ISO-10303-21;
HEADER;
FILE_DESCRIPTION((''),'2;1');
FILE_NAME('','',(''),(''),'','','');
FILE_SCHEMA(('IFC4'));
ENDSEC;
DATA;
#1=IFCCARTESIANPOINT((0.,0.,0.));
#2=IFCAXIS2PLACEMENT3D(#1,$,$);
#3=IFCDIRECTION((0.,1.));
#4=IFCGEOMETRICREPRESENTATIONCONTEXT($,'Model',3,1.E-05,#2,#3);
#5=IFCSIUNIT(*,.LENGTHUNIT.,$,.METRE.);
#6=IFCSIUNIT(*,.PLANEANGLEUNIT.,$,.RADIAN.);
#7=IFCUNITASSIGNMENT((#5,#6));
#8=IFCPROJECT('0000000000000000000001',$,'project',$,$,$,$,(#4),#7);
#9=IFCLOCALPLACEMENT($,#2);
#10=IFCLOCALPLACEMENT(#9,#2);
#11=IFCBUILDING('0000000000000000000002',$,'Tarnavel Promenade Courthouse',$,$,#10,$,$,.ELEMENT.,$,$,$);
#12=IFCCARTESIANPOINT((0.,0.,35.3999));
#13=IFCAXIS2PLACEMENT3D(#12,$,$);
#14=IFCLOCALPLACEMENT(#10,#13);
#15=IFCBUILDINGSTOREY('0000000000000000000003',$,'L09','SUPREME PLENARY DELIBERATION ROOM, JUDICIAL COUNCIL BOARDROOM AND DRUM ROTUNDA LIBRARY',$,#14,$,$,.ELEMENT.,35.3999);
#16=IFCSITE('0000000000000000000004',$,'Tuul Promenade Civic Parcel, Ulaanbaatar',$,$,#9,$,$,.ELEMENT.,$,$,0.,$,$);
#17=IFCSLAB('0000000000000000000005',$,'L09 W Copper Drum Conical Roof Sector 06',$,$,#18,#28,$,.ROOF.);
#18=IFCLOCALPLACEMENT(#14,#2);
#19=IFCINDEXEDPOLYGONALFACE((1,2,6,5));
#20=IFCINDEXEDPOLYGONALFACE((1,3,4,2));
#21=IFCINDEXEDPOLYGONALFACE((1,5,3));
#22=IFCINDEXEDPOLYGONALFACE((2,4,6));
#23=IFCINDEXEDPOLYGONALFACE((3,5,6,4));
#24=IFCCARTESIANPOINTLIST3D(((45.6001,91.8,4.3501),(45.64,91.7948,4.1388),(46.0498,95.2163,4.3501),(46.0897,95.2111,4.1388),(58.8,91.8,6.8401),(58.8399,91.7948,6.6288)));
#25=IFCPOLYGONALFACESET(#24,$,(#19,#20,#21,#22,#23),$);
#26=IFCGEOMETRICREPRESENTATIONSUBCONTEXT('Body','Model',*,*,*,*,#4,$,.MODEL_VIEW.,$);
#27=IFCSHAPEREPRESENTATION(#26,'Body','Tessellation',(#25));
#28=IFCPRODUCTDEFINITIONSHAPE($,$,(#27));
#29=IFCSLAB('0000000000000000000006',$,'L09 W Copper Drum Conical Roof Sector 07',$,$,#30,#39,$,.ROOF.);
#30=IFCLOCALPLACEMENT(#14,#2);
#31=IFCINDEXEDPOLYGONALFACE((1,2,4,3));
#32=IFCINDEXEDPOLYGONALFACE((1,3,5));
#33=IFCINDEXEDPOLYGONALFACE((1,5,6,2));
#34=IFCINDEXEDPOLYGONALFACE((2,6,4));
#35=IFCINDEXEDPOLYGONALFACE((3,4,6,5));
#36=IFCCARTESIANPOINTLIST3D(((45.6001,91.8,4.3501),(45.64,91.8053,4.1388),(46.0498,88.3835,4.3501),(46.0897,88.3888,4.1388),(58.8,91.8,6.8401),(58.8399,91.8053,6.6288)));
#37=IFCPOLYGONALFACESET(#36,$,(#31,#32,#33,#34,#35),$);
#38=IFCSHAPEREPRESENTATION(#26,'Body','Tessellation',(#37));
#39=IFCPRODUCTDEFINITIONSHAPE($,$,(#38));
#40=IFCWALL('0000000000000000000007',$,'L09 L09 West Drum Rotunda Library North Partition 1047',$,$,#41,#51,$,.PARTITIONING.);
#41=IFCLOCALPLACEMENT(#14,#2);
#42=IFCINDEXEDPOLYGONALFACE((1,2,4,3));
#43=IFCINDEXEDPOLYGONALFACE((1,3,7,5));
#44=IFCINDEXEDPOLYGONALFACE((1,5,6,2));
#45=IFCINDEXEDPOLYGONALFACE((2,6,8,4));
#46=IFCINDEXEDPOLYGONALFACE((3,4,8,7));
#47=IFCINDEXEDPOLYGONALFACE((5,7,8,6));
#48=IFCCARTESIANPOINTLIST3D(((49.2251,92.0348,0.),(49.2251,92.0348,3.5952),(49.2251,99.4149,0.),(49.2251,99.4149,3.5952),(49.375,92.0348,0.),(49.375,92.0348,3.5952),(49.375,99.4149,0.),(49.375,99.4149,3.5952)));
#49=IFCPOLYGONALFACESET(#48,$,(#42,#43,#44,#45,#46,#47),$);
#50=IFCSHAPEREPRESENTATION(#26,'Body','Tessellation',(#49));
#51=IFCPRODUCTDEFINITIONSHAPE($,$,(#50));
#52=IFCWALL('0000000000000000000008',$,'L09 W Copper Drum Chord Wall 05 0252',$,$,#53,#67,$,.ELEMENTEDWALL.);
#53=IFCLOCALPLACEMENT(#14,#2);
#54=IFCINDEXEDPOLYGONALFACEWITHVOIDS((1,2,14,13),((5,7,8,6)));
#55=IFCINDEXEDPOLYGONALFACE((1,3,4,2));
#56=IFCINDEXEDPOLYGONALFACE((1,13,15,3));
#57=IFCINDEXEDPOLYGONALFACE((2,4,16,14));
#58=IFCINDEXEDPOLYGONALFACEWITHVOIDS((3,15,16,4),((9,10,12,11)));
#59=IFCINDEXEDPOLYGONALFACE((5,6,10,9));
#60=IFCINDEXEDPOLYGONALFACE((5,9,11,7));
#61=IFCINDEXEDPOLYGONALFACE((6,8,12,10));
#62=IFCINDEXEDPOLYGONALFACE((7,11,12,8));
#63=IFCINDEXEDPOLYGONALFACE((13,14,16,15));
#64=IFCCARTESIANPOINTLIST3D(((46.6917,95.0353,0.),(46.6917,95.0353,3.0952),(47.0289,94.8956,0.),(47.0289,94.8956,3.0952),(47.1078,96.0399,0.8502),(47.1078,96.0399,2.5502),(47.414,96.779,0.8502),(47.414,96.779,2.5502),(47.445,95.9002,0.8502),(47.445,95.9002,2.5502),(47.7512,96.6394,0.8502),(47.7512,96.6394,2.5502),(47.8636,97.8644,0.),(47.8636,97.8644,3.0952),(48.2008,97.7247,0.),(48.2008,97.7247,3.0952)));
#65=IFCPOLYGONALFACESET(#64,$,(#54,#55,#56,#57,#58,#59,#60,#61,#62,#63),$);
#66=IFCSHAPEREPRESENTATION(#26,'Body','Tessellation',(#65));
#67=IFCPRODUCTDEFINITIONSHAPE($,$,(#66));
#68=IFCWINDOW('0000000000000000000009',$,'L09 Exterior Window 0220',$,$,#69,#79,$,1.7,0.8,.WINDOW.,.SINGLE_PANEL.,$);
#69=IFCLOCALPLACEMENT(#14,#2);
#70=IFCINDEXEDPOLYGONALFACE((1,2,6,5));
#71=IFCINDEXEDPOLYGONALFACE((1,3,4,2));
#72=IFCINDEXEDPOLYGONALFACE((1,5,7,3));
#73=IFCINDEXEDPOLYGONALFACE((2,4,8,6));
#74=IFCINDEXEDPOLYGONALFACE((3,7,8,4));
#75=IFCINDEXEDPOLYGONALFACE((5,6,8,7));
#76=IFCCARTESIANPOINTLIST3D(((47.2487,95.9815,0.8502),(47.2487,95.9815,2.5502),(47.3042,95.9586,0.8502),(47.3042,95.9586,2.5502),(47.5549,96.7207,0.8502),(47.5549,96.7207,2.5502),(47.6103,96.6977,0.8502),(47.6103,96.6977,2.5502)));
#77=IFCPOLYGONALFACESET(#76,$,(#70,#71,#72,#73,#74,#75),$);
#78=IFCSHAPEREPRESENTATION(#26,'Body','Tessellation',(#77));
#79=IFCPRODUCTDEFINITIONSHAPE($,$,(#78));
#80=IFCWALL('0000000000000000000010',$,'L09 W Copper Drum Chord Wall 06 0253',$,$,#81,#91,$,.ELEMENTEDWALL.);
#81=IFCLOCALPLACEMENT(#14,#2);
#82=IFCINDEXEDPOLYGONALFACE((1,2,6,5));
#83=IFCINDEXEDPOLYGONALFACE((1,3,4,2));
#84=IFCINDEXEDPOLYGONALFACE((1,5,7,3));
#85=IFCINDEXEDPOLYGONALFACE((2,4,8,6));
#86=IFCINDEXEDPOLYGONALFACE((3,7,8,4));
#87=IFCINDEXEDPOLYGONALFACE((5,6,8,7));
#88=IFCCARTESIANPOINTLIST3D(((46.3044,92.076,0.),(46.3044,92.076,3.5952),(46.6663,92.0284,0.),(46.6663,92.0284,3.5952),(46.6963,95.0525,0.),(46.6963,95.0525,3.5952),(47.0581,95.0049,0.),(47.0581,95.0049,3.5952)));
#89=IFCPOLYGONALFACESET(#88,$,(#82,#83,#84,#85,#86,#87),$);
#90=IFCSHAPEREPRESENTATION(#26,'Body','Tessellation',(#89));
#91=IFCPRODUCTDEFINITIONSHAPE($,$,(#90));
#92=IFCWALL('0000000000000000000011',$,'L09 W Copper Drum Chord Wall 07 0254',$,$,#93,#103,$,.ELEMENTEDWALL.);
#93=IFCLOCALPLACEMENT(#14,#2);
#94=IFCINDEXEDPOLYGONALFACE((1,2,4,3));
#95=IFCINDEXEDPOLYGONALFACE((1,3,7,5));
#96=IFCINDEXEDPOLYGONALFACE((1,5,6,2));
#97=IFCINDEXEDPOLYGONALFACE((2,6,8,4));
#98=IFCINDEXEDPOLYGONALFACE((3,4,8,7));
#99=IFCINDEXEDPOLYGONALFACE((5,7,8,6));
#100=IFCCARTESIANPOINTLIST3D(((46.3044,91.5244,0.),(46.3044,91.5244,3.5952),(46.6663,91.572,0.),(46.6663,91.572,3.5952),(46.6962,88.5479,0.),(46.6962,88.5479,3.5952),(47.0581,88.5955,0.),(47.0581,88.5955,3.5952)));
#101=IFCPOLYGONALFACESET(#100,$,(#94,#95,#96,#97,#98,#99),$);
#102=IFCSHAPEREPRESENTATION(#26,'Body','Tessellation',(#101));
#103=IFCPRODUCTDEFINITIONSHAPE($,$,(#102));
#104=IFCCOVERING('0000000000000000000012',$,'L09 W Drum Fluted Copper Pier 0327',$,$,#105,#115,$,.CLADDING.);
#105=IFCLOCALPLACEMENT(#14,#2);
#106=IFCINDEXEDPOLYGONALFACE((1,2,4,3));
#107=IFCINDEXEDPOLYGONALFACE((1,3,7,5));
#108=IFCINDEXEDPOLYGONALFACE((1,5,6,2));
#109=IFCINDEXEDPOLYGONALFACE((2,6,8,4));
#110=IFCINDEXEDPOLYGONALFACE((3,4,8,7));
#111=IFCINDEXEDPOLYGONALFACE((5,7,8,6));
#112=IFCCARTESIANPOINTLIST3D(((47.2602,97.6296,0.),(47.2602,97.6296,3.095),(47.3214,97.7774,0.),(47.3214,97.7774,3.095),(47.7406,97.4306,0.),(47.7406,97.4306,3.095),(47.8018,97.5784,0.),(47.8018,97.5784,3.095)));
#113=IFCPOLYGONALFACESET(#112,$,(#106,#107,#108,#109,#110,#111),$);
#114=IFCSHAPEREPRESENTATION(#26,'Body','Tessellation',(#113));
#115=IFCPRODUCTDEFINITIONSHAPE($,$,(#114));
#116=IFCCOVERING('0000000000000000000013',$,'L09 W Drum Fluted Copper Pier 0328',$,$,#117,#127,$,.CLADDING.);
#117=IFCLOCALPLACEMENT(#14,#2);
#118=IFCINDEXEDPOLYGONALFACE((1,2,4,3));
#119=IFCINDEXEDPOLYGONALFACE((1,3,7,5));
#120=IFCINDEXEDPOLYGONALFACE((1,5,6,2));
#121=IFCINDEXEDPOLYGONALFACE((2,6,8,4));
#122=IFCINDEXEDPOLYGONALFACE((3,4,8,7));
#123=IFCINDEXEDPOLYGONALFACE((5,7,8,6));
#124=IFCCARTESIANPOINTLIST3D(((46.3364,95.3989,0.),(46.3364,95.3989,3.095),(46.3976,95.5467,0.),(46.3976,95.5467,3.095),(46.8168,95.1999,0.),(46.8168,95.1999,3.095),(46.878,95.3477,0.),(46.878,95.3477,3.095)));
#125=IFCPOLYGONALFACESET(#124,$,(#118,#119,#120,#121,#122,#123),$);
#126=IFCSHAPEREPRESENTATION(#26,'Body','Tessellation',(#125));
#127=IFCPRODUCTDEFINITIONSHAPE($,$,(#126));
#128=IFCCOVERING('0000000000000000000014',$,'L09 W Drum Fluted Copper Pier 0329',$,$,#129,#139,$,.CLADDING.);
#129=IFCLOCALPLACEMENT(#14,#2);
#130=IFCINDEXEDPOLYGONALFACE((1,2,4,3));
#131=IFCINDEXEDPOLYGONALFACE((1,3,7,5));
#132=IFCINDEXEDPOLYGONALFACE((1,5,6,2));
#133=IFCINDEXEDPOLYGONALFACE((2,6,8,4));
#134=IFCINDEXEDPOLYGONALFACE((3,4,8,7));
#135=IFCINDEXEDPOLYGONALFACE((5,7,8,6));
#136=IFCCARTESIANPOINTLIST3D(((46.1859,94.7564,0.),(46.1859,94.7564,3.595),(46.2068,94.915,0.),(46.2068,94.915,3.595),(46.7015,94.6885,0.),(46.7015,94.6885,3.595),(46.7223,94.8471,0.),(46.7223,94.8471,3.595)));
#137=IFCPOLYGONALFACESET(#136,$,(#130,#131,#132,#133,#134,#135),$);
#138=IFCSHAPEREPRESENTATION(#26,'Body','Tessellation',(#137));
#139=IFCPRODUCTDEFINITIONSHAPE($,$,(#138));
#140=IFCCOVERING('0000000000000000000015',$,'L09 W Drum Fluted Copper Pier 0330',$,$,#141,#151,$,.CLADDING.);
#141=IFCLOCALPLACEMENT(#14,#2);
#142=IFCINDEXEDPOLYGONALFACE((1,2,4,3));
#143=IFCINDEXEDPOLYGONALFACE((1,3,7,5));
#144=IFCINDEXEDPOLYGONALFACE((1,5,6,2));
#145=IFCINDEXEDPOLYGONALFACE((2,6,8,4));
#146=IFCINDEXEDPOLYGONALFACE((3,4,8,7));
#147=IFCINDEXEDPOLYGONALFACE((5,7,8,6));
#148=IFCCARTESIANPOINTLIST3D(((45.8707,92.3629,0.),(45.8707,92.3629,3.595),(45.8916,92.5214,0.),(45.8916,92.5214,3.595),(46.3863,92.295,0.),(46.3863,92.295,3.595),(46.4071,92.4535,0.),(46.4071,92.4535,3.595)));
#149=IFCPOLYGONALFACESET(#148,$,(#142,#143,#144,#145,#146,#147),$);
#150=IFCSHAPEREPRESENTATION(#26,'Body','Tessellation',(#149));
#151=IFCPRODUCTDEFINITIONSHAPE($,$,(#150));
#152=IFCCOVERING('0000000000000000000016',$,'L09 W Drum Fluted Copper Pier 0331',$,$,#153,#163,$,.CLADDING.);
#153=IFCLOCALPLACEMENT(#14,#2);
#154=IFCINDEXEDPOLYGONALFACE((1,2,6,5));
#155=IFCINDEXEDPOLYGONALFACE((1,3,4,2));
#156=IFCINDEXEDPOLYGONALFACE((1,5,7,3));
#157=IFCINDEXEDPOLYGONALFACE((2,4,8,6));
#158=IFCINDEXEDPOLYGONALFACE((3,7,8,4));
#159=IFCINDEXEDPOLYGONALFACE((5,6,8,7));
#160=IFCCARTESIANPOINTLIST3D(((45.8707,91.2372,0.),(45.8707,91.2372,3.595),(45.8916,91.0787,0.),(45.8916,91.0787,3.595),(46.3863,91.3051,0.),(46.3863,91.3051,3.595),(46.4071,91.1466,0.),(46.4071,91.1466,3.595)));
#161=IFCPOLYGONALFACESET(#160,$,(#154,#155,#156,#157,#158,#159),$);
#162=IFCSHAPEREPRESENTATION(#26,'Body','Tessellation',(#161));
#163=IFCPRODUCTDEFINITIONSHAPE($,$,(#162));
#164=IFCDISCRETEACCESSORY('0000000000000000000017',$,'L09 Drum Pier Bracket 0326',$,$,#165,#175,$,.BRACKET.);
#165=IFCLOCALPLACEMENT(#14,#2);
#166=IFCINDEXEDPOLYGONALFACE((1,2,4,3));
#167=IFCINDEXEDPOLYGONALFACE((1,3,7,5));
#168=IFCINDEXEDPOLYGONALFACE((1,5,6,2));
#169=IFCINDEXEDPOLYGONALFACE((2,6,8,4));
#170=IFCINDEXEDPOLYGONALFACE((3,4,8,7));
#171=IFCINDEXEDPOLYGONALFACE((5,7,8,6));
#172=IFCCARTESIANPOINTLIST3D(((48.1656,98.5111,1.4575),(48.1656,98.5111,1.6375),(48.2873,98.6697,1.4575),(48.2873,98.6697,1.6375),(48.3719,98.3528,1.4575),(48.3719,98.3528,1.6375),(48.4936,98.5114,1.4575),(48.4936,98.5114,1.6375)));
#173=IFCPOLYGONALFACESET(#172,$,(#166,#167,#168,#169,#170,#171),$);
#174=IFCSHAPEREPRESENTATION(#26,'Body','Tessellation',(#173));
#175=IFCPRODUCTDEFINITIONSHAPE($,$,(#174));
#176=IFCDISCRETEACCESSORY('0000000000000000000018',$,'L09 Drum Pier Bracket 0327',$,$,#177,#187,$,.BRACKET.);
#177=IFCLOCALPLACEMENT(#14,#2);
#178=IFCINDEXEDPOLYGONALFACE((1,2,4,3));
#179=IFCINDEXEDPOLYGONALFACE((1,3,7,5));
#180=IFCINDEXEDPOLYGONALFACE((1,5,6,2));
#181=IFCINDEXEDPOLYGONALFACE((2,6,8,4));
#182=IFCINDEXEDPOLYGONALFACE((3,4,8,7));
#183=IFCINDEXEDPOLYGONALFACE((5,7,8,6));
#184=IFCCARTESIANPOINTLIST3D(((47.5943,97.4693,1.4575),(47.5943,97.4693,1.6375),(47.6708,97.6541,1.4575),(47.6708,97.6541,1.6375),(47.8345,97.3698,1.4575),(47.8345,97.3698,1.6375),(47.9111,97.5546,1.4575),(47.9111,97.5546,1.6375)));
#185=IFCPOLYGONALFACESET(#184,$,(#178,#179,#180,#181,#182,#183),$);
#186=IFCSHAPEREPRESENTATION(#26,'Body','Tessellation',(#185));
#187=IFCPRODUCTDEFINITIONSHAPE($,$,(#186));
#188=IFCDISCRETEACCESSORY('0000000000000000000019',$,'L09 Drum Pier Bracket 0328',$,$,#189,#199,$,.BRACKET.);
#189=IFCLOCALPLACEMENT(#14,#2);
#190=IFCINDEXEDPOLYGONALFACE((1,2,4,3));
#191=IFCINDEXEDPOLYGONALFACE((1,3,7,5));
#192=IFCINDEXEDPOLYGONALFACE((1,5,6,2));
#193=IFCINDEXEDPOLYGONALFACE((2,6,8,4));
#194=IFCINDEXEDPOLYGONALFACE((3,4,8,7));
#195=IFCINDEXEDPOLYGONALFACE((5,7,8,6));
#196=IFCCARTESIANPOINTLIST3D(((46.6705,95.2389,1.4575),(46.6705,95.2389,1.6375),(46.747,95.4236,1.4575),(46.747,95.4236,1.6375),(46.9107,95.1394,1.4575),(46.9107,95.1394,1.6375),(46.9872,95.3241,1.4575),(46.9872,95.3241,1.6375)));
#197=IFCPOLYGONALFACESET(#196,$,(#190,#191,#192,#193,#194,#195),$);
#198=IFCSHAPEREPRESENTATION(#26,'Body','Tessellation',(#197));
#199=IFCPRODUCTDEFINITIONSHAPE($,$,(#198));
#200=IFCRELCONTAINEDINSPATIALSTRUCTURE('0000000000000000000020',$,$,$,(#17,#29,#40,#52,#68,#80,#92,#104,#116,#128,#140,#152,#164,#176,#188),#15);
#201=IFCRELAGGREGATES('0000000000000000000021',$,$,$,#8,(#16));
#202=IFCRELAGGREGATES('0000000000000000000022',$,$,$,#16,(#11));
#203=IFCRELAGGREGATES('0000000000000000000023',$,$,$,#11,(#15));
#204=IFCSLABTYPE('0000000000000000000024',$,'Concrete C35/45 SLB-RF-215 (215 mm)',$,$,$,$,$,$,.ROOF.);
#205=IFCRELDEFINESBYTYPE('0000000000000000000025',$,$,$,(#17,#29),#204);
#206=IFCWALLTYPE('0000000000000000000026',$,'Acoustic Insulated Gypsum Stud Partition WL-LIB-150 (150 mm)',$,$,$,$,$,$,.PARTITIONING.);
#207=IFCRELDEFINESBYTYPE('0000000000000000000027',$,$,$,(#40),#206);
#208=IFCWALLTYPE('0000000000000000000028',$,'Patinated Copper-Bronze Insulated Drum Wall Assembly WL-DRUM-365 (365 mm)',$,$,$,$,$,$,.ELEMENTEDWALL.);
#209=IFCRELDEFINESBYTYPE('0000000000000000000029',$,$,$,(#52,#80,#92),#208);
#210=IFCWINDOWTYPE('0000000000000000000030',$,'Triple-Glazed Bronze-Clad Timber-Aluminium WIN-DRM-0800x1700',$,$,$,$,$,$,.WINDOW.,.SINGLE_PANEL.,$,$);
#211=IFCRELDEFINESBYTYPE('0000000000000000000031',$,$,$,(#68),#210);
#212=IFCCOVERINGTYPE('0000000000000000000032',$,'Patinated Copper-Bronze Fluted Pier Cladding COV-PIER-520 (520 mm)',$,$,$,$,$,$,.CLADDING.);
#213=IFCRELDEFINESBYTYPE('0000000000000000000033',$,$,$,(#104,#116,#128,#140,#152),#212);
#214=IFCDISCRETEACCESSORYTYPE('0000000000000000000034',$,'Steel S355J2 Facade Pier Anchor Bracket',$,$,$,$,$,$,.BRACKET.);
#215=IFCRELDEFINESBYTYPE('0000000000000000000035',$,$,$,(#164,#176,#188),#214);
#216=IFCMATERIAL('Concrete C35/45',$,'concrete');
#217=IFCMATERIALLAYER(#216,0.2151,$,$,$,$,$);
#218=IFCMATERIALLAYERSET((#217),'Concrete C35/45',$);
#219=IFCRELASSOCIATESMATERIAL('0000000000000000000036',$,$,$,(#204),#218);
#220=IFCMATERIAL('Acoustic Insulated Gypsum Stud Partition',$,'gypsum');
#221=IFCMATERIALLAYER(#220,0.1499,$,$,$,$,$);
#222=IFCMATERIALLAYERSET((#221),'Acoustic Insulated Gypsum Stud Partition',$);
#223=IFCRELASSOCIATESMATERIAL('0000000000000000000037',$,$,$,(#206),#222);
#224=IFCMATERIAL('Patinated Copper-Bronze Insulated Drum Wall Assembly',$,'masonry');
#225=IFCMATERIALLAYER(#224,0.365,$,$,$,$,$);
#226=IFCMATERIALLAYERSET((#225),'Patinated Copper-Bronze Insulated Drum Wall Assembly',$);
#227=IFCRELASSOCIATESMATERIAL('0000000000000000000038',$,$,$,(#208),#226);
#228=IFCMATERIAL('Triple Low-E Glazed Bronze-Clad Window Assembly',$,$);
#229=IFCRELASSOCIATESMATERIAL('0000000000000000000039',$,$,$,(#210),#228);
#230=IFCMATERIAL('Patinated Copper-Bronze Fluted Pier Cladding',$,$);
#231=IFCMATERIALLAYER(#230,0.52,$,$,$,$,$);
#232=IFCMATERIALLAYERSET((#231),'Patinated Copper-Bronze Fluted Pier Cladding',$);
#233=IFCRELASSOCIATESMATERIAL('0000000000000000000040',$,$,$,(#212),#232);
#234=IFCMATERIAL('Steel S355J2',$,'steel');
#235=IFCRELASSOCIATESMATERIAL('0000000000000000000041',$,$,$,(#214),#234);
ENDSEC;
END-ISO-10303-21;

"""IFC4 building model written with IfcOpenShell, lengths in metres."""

from ifc_helpers import new_model, si_unit, direction, frame, frame_2d, origin, origin_2d, place, context, subcontext, project, spatial, polyline, rectangle, outline, extrude, material, layer, layer_set, type_object, element, fill, save


model = new_model("IFC4")

# Units and contexts
model_context = context("Model", 3, precision=1e-05, world=origin(), true_north=direction((0.0, 1.0)))
body_context = subcontext(model_context, "Body", "Model", "MODEL_VIEW")
ifc_project = project(units=[si_unit("LENGTHUNIT", "METRE"), si_unit("PLANEANGLEUNIT", "RADIAN")], contexts=[model_context])

# Site, building, storey
site_placement = place(None, origin())
site = spatial("IfcSite", under=ifc_project, at=site_placement, Name="Tuul Promenade Civic Parcel, Ulaanbaatar", CompositionType="ELEMENT", RefElevation=0.0)
building_placement = place(site_placement, origin())
building = spatial("IfcBuilding", under=site, at=building_placement, Name="Tarnavel Promenade Courthouse", CompositionType="ELEMENT")
storey_placement = place(building_placement, frame((0.0, 0.0, 35.3999)))
storey = spatial("IfcBuildingStorey", under=building, at=storey_placement, Name="L09", Description="SUPREME PLENARY DELIBERATION ROOM, JUDICIAL COUNCIL BOARDROOM AND DRUM ROTUNDA LIBRARY", CompositionType="ELEMENT", Elevation=35.3999)

# Shared definitions
ifc_material_1 = material(Name="Steel S355J2", Category="steel")

# Slabs
ifc_material_2 = material(Name="Concrete C35/45", Category="concrete")
ifc_layer_1 = layer(ifc_material_2, 0.2151)
ifc_layer_set_1 = layer_set([ifc_layer_1], Name="Concrete C35/45")
slab_type = type_object("IfcSlabType", Name="Concrete C35/45 SLB-RF-215 (215 mm)", PredefinedType="ROOF", material=ifc_layer_set_1)
slab_1_placement = place(storey_placement, frame((46.0498, 95.2163, 4.3501), z_axis=(-0.185312, 0.024394, 0.982377), x_axis=(-0.130511, -0.991447, 0.0)))
element("IfcSlab", 1, at=slab_1_placement, inside=storey, type_object=slab_type, Name="L09 W Copper Drum Conical Roof Sector 06", PredefinedType="ROOF", context=body_context, shape_type="SweptSolid", body=[
    extrude(outline(polyline([(0.0, 0.0), (3.4457, 0.0), (1.723, 13.3218), (0.0, 0.0)])), origin(), (0.0, 0.0, -1.0), 0.2151),
])
slab_2_placement = place(storey_placement, frame((45.6001, 91.8, 4.3501), z_axis=(-0.185312, -0.024392, 0.982377), x_axis=(0.130502, -0.991448, 0.0)))
element("IfcSlab", 2, at=slab_2_placement, inside=storey, type_object=slab_type, Name="L09 W Copper Drum Conical Roof Sector 07", PredefinedType="ROOF", context=body_context, shape_type="SweptSolid", body=[
    extrude(outline(polyline([(0.0, 0.0), (3.446, 0.0), (1.7226, 13.3218), (0.0, 0.0)])), origin(), (0.0, 0.0, -1.0), 0.2151),
])

# Wall
ifc_material_3 = material(Name="Acoustic Insulated Gypsum Stud Partition", Category="gypsum")
ifc_layer_2 = layer(ifc_material_3, 0.1499)
ifc_layer_set_2 = layer_set([ifc_layer_2], Name="Acoustic Insulated Gypsum Stud Partition")
wall_type_1 = type_object("IfcWallType", Name="Acoustic Insulated Gypsum Stud Partition WL-LIB-150 (150 mm)", PredefinedType="PARTITIONING", material=ifc_layer_set_2)
wall_1_placement = place(storey_placement, frame((49.3, 92.0349, 0.0), z_axis=(0.0, 0.0, 1.0), x_axis=(0.0, 1.0, 0.0)))
element("IfcWall", 3, at=wall_1_placement, inside=storey, type_object=wall_type_1, Name="L09 L09 West Drum Rotunda Library North Partition 1047", PredefinedType="PARTITIONING", context=body_context, shape_type="SweptSolid", body=[
    extrude(rectangle(XDim=7.3801, YDim=0.1499, at=frame_2d((3.6899, 0.0))), origin(), (0.0, 0.0, 1.0), 3.5952),
])

# Wall, opening, window
ifc_material_4 = material(Name="Patinated Copper-Bronze Insulated Drum Wall Assembly", Category="masonry")
ifc_layer_3 = layer(ifc_material_4, 0.365)
ifc_layer_set_3 = layer_set([ifc_layer_3], Name="Patinated Copper-Bronze Insulated Drum Wall Assembly")
wall_type_2 = type_object("IfcWallType", Name="Patinated Copper-Bronze Insulated Drum Wall Assembly WL-DRUM-365 (365 mm)", PredefinedType="ELEMENTEDWALL", material=ifc_layer_set_3)
wall_2_placement = place(storey_placement, frame((48.0322, 97.7947, 0.0), z_axis=(0.0, 0.0, 1.0), x_axis=(-0.38269, -0.923877, 0.0)))
wall_2 = element("IfcWall", 4, at=wall_2_placement, inside=storey, type_object=wall_type_2, Name="L09 W Copper Drum Chord Wall 05 0252", PredefinedType="ELEMENTEDWALL", context=body_context, shape_type="SweptSolid", body=[
    extrude(rectangle(XDim=3.0623, YDim=0.365, at=frame_2d((1.5312, 0.0))), origin(), (0.0, 0.0, 1.0), 3.0952),
])
opening_placement = place(wall_2_placement, frame((1.175, 0.0, 0.8501)))
opening = element("IfcOpeningElement", 5, at=opening_placement, cuts=wall_2, PredefinedType="OPENING", context=body_context, shape_type="SweptSolid", body=[
    extrude(rectangle(XDim=0.8, YDim=1.7, at=frame_2d((0.3999, 0.8501))), frame((0.0, 0.1924, 0.0), z_axis=(0.0, -1.0, 0.0), x_axis=(1.0, 0.0, 0.0)), (0.0, 0.0, 1.0), 0.385),
])
ifc_material_5 = material(Name="Triple Low-E Glazed Bronze-Clad Window Assembly")
window_type = type_object("IfcWindowType", Name="Triple-Glazed Bronze-Clad Timber-Aluminium WIN-DRM-0800x1700", PartitioningType="SINGLE_PANEL", PredefinedType="WINDOW", material=ifc_material_5)
window_placement = place(opening_placement, origin())
window = element("IfcWindow", 6, at=window_placement, inside=storey, type_object=window_type, Name="L09 Exterior Window 0220", OverallHeight=1.7, OverallWidth=0.8, PartitioningType="SINGLE_PANEL", PredefinedType="WINDOW", context=body_context, shape_type="SweptSolid", body=[
    extrude(rectangle(XDim=0.8, YDim=1.7, at=frame_2d((0.3999, 0.8501))), frame((0.0, 0.03, 0.0), z_axis=(0.0, -1.0, 0.0), x_axis=(1.0, 0.0, 0.0)), (0.0, 0.0, 1.0), 0.0601),
])
fill(opening, window)

# Walls
for number, where, z_axis, x_axis, name in (
    (7, (46.8772, 95.0286, 0.0), (0.0, 0.0, 1.0), (-0.130518, -0.991446, 0.0), "L09 W Copper Drum Chord Wall 06 0253"),
    (8, (46.4854, 91.5481, 0.0), (0.0, 0.0, 1.0), (0.130518, -0.991446, 0.0), "L09 W Copper Drum Chord Wall 07 0254"),
):
    element("IfcWall", number, at=place(storey_placement, frame(where, z_axis=z_axis, x_axis=x_axis)), inside=storey, type_object=wall_type_2, Name=name, PredefinedType="ELEMENTEDWALL", context=body_context, shape_type="SweptSolid", body=[
        extrude(rectangle(XDim=3.0022, YDim=0.365, at=frame_2d((1.501, 0.0))), origin(), (0.0, 0.0, 1.0), 3.5952),
    ])

# Coverings
ifc_material_6 = material(Name="Patinated Copper-Bronze Fluted Pier Cladding")
ifc_layer_4 = layer(ifc_material_6, 0.52)
ifc_layer_set_4 = layer_set([ifc_layer_4], Name="Patinated Copper-Bronze Fluted Pier Cladding")
covering_type = type_object("IfcCoveringType", Name="Patinated Copper-Bronze Fluted Pier Cladding COV-PIER-520 (520 mm)", PredefinedType="CLADDING", material=ifc_layer_set_4)
for number, where, z_axis, x_axis, name in (
    (9, (47.531, 97.604, 0.0), (0.0, 0.0, 1.0), (-0.382683, -0.92388, 0.0), "L09 W Drum Fluted Copper Pier 0327"),
    (10, (46.6072, 95.3733, 0.0), (0.0, 0.0, 1.0), (-0.382683, -0.92388, 0.0), "L09 W Drum Fluted Copper Pier 0328"),
):
    element("IfcCovering", number, at=place(storey_placement, frame(where, z_axis=z_axis, x_axis=x_axis)), inside=storey, type_object=covering_type, Name=name, PredefinedType="CLADDING", context=body_context, shape_type="SweptSolid", body=[
        extrude(rectangle(XDim=0.1599, YDim=0.52, at=origin_2d()), origin(), (0.0, 0.0, 1.0), 3.095),
    ])
for number, where, z_axis, x_axis, name in (
    (11, (46.4541, 94.8018, 0.0), (0.0, 0.0, 1.0), (-0.130526, -0.991445, 0.0), "L09 W Drum Fluted Copper Pier 0329"),
    (12, (46.1389, 92.4082, 0.0), (0.0, 0.0, 1.0), (-0.130526, -0.991445, 0.0), "L09 W Drum Fluted Copper Pier 0330"),
    (13, (46.1389, 91.1919, 0.0), (0.0, 0.0, 1.0), (0.130526, -0.991445, 0.0), "L09 W Drum Fluted Copper Pier 0331"),
):
    element("IfcCovering", number, at=place(storey_placement, frame(where, z_axis=z_axis, x_axis=x_axis)), inside=storey, type_object=covering_type, Name=name, PredefinedType="CLADDING", context=body_context, shape_type="SweptSolid", body=[
        extrude(rectangle(XDim=0.1599, YDim=0.52, at=origin_2d()), origin(), (0.0, 0.0, 1.0), 3.595),
    ])

# Discrete accessories
discrete_accessory_type = type_object("IfcDiscreteAccessoryType", Name="Steel S355J2 Facade Pier Anchor Bracket", PredefinedType="BRACKET", material=ifc_material_1)
for number, where, z_axis, x_axis, name in (
    (14, (48.3296, 98.5112, 1.4575), (0.0, 0.0, 1.0), (-0.608761, -0.793353, 0.0), "L09 Drum Pier Bracket 0326"),
    (15, (47.7527, 97.512, 1.4575), (0.0, 0.0, 1.0), (-0.382683, -0.92388, 0.0), "L09 Drum Pier Bracket 0327"),
    (16, (46.8289, 95.2815, 1.4575), (0.0, 0.0, 1.0), (-0.382683, -0.92388, 0.0), "L09 Drum Pier Bracket 0328"),
):
    element("IfcDiscreteAccessory", number, at=place(storey_placement, frame(where, z_axis=z_axis, x_axis=x_axis)), inside=storey, type_object=discrete_accessory_type, Name=name, PredefinedType="BRACKET", context=body_context, shape_type="SweptSolid", body=[
        extrude(rectangle(XDim=0.2, YDim=0.26, at=origin_2d()), origin(), (0.0, 0.0, 1.0), 0.1799),
    ])

save(model, "model.ifc")
